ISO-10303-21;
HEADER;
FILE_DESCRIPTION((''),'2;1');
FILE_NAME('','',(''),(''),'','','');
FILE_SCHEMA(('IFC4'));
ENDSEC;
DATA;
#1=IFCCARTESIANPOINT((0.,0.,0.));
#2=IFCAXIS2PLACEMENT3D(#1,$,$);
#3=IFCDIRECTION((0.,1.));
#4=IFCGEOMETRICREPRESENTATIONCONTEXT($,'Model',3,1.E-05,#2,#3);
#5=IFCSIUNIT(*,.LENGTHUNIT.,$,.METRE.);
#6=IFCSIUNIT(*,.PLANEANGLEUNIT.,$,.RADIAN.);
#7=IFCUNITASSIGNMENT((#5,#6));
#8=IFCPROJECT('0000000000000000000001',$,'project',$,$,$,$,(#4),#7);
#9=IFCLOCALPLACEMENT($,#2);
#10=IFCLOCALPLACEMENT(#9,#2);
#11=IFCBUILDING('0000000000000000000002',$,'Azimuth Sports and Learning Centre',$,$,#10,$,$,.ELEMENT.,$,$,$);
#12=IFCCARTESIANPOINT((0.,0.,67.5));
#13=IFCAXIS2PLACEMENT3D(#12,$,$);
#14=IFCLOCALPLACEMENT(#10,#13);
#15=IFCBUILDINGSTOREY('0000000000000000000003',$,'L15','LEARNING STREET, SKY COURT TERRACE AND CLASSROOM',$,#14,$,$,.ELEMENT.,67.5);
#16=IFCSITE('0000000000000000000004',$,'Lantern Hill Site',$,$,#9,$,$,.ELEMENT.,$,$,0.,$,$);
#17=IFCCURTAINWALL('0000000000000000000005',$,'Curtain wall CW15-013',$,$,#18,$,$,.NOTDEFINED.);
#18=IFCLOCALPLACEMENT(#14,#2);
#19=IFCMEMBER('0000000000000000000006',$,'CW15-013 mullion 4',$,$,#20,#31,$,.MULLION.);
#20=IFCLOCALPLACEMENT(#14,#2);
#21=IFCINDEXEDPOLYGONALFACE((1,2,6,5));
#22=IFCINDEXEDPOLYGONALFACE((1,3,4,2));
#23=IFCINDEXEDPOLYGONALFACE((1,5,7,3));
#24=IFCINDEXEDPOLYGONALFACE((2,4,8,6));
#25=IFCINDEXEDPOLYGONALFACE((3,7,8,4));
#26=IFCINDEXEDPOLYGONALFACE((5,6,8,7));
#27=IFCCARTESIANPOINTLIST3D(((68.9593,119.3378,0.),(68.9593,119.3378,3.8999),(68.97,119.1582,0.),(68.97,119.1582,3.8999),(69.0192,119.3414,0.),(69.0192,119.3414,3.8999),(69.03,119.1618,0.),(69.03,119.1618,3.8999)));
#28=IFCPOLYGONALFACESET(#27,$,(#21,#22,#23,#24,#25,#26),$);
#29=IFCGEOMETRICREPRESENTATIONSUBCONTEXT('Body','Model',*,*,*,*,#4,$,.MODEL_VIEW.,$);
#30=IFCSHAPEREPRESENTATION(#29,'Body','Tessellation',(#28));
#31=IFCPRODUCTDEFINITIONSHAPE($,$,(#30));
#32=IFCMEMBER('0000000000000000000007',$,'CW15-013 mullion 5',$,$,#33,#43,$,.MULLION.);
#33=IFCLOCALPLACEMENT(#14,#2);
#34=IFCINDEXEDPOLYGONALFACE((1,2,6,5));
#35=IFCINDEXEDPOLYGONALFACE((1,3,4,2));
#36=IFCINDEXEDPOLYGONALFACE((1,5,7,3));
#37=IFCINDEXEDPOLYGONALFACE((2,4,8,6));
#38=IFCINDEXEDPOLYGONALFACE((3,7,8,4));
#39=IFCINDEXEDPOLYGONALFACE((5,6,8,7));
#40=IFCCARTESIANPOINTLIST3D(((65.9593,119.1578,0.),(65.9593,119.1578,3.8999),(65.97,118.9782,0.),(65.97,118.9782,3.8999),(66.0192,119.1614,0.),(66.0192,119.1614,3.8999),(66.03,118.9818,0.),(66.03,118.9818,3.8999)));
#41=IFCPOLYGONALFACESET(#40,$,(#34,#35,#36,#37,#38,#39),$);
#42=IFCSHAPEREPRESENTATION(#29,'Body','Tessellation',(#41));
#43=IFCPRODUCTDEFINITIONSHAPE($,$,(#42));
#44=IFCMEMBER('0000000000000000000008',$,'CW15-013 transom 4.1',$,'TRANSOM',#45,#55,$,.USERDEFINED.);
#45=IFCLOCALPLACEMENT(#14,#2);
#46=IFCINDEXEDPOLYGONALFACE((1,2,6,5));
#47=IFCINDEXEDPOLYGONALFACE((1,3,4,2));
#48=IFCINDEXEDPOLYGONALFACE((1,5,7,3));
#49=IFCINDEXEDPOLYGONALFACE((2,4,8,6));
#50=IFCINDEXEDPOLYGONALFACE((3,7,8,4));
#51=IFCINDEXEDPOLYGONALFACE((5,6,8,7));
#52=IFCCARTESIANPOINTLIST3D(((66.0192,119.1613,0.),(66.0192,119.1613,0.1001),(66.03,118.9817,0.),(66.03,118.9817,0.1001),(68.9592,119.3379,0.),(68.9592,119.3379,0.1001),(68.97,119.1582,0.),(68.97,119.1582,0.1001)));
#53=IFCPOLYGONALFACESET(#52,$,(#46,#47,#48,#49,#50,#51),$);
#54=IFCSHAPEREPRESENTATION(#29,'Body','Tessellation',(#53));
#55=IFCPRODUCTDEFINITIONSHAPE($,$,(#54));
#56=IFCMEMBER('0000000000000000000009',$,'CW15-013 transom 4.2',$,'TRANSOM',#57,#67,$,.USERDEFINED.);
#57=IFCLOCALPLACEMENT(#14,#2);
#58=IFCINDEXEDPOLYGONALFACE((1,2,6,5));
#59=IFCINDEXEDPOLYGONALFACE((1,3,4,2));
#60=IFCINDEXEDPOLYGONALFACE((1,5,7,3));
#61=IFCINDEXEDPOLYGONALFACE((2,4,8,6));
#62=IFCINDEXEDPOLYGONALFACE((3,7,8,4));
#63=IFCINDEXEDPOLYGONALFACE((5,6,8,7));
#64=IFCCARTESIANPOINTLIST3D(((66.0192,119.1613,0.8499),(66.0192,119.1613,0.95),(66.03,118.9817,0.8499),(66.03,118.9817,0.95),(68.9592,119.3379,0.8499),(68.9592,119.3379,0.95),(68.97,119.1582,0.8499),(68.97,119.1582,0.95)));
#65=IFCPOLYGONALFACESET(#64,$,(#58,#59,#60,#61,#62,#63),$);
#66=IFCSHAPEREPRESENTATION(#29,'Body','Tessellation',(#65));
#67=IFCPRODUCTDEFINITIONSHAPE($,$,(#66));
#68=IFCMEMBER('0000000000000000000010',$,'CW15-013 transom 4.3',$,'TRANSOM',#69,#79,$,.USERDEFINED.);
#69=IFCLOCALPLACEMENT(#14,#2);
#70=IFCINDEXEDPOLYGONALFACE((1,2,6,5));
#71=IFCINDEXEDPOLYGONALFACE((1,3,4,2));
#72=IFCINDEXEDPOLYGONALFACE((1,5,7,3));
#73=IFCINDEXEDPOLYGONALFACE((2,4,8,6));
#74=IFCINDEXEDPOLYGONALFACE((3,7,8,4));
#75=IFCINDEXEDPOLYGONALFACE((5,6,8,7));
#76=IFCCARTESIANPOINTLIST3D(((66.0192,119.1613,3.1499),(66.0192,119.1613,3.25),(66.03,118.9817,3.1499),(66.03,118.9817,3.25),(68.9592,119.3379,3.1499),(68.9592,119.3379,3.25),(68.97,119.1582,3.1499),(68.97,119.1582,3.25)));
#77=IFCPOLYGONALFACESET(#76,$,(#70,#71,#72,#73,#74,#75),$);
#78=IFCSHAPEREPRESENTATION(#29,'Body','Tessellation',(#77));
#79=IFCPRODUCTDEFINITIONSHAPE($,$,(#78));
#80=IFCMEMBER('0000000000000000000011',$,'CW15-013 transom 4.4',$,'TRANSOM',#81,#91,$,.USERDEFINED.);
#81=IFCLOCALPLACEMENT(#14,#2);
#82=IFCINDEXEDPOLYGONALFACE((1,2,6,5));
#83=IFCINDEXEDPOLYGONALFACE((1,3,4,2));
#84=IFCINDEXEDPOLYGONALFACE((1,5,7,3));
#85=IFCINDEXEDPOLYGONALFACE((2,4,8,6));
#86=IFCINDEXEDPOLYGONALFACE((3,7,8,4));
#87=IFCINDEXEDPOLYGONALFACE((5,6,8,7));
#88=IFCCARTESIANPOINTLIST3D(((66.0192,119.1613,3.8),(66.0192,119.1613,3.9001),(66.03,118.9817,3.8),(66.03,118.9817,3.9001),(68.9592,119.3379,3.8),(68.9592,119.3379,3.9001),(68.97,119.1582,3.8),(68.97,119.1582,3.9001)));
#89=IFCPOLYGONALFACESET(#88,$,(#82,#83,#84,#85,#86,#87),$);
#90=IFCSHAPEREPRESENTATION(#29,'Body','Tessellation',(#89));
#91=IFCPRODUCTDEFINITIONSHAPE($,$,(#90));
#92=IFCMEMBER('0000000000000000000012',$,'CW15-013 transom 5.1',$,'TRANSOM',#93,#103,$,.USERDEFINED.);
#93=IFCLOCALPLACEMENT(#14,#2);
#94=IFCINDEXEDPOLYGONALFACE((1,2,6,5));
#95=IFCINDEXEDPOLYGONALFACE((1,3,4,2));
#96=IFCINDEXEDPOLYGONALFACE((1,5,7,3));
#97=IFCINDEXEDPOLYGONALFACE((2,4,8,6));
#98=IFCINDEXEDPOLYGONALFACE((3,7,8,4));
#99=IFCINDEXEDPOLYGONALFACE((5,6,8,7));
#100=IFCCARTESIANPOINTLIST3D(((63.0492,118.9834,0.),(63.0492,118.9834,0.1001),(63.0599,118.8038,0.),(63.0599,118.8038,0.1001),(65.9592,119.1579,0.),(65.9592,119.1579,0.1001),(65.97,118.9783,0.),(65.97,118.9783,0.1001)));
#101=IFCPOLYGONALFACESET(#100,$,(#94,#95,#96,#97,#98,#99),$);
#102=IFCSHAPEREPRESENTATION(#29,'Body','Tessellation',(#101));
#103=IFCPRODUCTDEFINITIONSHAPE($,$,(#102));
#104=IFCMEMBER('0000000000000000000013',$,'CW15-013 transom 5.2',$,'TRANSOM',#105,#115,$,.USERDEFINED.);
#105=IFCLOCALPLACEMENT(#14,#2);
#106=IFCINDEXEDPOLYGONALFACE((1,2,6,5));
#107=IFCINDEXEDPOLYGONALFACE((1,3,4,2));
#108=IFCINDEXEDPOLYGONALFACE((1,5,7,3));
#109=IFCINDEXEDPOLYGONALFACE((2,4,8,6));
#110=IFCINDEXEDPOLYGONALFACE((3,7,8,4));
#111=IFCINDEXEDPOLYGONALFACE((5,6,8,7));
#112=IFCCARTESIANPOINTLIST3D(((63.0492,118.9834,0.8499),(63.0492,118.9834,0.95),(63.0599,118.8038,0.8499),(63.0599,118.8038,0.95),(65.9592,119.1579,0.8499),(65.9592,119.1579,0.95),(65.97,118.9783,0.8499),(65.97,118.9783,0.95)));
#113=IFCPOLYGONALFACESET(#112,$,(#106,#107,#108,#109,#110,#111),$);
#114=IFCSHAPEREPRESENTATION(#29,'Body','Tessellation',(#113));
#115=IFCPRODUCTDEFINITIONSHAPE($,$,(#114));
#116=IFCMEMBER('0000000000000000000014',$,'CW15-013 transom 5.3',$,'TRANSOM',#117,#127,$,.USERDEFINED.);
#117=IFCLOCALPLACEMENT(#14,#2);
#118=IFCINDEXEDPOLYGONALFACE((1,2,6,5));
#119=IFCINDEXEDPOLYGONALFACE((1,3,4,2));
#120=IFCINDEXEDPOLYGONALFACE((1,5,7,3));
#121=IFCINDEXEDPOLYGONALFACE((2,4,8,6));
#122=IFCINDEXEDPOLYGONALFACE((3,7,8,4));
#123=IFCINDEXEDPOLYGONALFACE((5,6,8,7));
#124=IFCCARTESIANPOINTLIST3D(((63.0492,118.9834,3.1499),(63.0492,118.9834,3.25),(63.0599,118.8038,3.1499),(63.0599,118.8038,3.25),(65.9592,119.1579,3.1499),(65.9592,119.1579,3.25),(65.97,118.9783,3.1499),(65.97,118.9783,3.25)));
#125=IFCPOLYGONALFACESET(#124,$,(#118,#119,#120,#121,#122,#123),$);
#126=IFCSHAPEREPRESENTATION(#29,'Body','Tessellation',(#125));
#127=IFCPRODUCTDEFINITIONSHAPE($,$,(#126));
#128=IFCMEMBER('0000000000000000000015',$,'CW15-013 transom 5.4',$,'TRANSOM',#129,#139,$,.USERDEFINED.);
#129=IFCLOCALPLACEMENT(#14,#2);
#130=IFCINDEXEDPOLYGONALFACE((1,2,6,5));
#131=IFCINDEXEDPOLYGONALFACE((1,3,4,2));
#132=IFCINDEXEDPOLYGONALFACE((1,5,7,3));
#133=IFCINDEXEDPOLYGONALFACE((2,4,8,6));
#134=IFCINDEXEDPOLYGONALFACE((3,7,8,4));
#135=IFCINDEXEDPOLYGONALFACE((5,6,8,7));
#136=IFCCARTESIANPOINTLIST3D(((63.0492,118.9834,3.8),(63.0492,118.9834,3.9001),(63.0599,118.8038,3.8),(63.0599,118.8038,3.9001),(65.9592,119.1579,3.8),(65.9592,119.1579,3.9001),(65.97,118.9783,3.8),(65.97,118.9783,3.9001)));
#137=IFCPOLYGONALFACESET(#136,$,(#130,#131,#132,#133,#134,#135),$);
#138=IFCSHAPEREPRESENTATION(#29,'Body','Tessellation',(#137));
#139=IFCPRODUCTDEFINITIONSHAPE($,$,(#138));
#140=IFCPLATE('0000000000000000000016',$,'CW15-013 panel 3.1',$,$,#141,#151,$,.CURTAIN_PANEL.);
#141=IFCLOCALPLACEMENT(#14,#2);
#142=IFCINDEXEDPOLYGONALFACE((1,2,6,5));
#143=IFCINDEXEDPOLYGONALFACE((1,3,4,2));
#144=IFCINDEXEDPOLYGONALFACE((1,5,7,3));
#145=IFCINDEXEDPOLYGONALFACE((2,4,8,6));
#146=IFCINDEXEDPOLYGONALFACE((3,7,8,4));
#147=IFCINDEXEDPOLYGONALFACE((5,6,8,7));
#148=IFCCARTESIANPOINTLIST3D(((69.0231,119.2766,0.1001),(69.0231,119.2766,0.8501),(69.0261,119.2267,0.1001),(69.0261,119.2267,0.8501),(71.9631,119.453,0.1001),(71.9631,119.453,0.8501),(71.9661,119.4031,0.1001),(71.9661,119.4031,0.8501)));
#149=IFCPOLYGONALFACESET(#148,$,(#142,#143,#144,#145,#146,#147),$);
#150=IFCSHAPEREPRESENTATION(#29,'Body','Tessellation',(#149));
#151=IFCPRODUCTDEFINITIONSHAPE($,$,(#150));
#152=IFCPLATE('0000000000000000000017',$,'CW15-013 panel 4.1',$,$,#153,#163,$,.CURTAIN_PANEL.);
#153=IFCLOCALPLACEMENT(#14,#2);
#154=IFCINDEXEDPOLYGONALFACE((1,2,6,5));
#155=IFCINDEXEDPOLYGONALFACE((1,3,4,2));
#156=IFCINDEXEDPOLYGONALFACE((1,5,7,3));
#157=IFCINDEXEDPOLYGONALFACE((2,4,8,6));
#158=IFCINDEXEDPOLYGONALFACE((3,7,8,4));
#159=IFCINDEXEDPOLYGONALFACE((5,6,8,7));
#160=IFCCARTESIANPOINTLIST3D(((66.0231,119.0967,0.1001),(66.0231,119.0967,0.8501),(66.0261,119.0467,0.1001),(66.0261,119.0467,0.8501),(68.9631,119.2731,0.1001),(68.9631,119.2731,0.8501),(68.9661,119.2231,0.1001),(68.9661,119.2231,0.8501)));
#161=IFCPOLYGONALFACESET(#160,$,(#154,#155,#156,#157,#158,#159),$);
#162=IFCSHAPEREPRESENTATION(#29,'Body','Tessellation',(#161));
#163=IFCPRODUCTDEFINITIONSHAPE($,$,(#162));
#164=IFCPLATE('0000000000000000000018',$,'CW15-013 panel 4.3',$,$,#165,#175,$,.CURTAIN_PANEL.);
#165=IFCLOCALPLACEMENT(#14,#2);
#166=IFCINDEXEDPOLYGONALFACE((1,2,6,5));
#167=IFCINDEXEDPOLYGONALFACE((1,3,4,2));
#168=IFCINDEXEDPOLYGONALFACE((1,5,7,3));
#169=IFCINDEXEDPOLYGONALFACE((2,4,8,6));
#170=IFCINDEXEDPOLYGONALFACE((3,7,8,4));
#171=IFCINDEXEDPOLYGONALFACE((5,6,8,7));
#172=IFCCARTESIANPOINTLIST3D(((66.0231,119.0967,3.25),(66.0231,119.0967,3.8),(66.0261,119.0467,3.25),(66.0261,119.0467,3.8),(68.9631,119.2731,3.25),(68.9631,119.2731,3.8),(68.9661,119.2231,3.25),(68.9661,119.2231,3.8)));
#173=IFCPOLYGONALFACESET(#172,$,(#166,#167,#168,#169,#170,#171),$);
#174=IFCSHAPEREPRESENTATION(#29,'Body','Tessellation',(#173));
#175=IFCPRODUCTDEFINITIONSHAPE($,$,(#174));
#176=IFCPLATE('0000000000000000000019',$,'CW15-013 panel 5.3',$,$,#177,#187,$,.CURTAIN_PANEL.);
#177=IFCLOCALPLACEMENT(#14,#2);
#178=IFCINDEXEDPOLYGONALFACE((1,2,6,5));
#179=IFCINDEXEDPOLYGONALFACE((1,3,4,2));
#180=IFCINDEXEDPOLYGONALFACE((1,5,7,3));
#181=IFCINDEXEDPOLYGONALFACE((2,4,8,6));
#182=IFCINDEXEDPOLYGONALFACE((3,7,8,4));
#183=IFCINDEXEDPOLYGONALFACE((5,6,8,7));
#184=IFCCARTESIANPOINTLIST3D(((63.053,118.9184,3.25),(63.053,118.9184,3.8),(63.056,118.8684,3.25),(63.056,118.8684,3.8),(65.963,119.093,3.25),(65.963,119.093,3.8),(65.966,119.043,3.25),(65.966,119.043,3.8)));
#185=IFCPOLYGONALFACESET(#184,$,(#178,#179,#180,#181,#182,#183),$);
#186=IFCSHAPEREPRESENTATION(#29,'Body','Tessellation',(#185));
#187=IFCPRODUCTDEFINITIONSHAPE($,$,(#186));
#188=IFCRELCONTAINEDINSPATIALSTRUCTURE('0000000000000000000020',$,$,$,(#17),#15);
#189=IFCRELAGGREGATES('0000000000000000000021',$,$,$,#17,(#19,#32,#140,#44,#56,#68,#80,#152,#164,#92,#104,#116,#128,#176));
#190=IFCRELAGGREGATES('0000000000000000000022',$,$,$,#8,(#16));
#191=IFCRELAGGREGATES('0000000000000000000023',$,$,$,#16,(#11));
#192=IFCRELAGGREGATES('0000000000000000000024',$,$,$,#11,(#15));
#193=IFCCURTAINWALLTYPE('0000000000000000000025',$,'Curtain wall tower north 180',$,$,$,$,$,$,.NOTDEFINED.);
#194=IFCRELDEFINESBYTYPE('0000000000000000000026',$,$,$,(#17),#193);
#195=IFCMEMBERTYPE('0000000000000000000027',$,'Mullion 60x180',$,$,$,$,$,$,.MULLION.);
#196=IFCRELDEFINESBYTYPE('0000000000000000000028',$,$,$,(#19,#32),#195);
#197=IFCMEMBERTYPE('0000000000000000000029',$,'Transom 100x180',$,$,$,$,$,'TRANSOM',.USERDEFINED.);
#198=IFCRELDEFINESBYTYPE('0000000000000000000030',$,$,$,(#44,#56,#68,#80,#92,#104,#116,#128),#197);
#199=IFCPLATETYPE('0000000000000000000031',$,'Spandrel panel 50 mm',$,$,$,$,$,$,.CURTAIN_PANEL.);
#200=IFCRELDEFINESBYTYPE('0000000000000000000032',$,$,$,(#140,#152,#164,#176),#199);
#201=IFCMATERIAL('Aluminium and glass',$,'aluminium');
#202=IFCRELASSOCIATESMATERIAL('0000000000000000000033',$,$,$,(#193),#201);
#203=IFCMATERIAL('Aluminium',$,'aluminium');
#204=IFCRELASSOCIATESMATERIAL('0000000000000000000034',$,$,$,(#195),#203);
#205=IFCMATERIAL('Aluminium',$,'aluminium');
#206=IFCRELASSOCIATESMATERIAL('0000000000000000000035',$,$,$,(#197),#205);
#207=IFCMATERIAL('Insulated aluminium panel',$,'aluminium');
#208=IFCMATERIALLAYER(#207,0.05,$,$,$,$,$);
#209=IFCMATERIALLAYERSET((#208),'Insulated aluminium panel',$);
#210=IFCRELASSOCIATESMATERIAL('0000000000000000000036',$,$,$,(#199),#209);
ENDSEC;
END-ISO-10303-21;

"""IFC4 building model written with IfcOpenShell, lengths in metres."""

from ifc_helpers import new_model, si_unit, direction, frame, origin, origin_2d, place, context, subcontext, project, spatial, rectangle, extrude, material, layer, layer_set, material_profile, profile_set, type_object, element, aggregate, save


model = new_model("IFC4")

# Units and contexts
model_context = context("Model", 3, precision=1e-05, world=origin(), true_north=direction((0.0, 1.0)))
body_context = subcontext(model_context, "Body", "Model", "MODEL_VIEW")
ifc_project = project(units=[si_unit("LENGTHUNIT", "METRE"), si_unit("PLANEANGLEUNIT", "RADIAN")], contexts=[model_context])

# Site, building, storey
site_placement = place(None, origin())
site = spatial("IfcSite", under=ifc_project, at=site_placement, Name="Lantern Hill Site", CompositionType="ELEMENT", RefElevation=0.0)
building_placement = place(site_placement, origin())
building = spatial("IfcBuilding", under=site, at=building_placement, Name="Azimuth Sports and Learning Centre", CompositionType="ELEMENT")
storey_placement = place(building_placement, frame((0.0, 0.0, 67.5)))
storey = spatial("IfcBuildingStorey", under=building, at=storey_placement, Name="L15", Description="LEARNING STREET, SKY COURT TERRACE AND CLASSROOM", CompositionType="ELEMENT", Elevation=67.5)

# Curtain wall, members, plates
ifc_material_1 = material(Name="Aluminium and glass", Category="aluminium")
curtain_wall_type = type_object("IfcCurtainWallType", Name="Curtain wall tower north 180", PredefinedType="NOTDEFINED", material=ifc_material_1)
curtain_wall_placement = place(storey_placement, origin())
curtain_wall = element("IfcCurtainWall", 1, at=curtain_wall_placement, inside=storey, type_object=curtain_wall_type, Name="Curtain wall CW15-013", PredefinedType="NOTDEFINED")
ifc_material_2 = material(Name="Aluminium", Category="aluminium")
ifc_material_profile_1 = material_profile(ifc_material_2, rectangle(XDim=0.1799, YDim=0.0601, at=origin_2d()), Name="Mullion 60x180")
ifc_profile_set_1 = profile_set([ifc_material_profile_1], Name="Aluminium")
member_type_1 = type_object("IfcMemberType", Name="Mullion 60x180", PredefinedType="MULLION", material=ifc_profile_set_1)
member_1_placement = place(storey_placement, frame((68.9946, 119.2498, 0.0), z_axis=(0.0, 0.0, 1.0), x_axis=(0.059892, -0.998205, 0.0)))
member_1 = element("IfcMember", 2, at=member_1_placement, type_object=member_type_1, Name="CW15-013 mullion 4", PredefinedType="MULLION", context=body_context, shape_type="SweptSolid", body=[
    extrude(rectangle(XDim=0.1799, YDim=0.0601, at=origin_2d()), origin(), (0.0, 0.0, 1.0), 3.8999),
])
member_2_placement = place(storey_placement, frame((65.9946, 119.0698, 0.0), z_axis=(0.0, 0.0, 1.0), x_axis=(0.059892, -0.998205, 0.0)))
member_2 = element("IfcMember", 3, at=member_2_placement, type_object=member_type_1, Name="CW15-013 mullion 5", PredefinedType="MULLION", context=body_context, shape_type="SweptSolid", body=[
    extrude(rectangle(XDim=0.1799, YDim=0.0601, at=origin_2d()), origin(), (0.0, 0.0, 1.0), 3.8999),
])
ifc_material_3 = material(Name="Aluminium", Category="aluminium")
ifc_material_profile_2 = material_profile(ifc_material_3, rectangle(XDim=0.1799, YDim=0.1001, at=origin_2d()), Name="Transom 100x180")
ifc_profile_set_2 = profile_set([ifc_material_profile_2], Name="Aluminium")
member_type_2 = type_object("IfcMemberType", Name="Transom 100x180", ElementType="TRANSOM", PredefinedType="USERDEFINED", material=ifc_profile_set_2)
member_3_placement = place(storey_placement, frame((68.9646, 119.248, 0.05), z_axis=(-0.998202, -0.059932, 0.0), x_axis=(0.059932, -0.998202, 0.0)))
member_3 = element("IfcMember", 4, at=member_3_placement, type_object=member_type_2, Name="CW15-013 transom 4.1", ObjectType="TRANSOM", PredefinedType="USERDEFINED", context=body_context, shape_type="SweptSolid", body=[
    extrude(rectangle(XDim=0.1799, YDim=0.1001, at=origin_2d()), origin(), (0.0, 0.0, 1.0), 2.9453),
])
member_4_placement = place(storey_placement, frame((68.9646, 119.248, 0.8999), z_axis=(-0.998202, -0.059932, 0.0), x_axis=(0.059932, -0.998202, 0.0)))
member_4 = element("IfcMember", 5, at=member_4_placement, type_object=member_type_2, Name="CW15-013 transom 4.2", ObjectType="TRANSOM", PredefinedType="USERDEFINED", context=body_context, shape_type="SweptSolid", body=[
    extrude(rectangle(XDim=0.1799, YDim=0.1001, at=origin_2d()), origin(), (0.0, 0.0, 1.0), 2.9453),
])
member_5_placement = place(storey_placement, frame((68.9646, 119.248, 3.2), z_axis=(-0.998202, -0.059932, 0.0), x_axis=(0.059932, -0.998202, 0.0)))
member_5 = element("IfcMember", 6, at=member_5_placement, type_object=member_type_2, Name="CW15-013 transom 4.3", ObjectType="TRANSOM", PredefinedType="USERDEFINED", context=body_context, shape_type="SweptSolid", body=[
    extrude(rectangle(XDim=0.1799, YDim=0.1001, at=origin_2d()), origin(), (0.0, 0.0, 1.0), 2.9453),
])
member_6_placement = place(storey_placement, frame((68.9646, 119.248, 3.8501), z_axis=(-0.998202, -0.059932, 0.0), x_axis=(0.059932, -0.998202, 0.0)))
member_6 = element("IfcMember", 7, at=member_6_placement, type_object=member_type_2, Name="CW15-013 transom 4.4", ObjectType="TRANSOM", PredefinedType="USERDEFINED", context=body_context, shape_type="SweptSolid", body=[
    extrude(rectangle(XDim=0.1799, YDim=0.1001, at=origin_2d()), origin(), (0.0, 0.0, 1.0), 2.9453),
])
member_7_placement = place(storey_placement, frame((65.9646, 119.0681, 0.05), z_axis=(-0.998206, -0.059876, 0.0), x_axis=(0.059876, -0.998206, 0.0)))
member_7 = element("IfcMember", 8, at=member_7_placement, type_object=member_type_2, Name="CW15-013 transom 5.1", ObjectType="TRANSOM", PredefinedType="USERDEFINED", context=body_context, shape_type="SweptSolid", body=[
    extrude(rectangle(XDim=0.1799, YDim=0.1001, at=origin_2d()), origin(), (0.0, 0.0, 1.0), 2.9153),
])
member_8_placement = place(storey_placement, frame((65.9646, 119.0681, 0.8999), z_axis=(-0.998206, -0.059876, 0.0), x_axis=(0.059876, -0.998206, 0.0)))
member_8 = element("IfcMember", 9, at=member_8_placement, type_object=member_type_2, Name="CW15-013 transom 5.2", ObjectType="TRANSOM", PredefinedType="USERDEFINED", context=body_context, shape_type="SweptSolid", body=[
    extrude(rectangle(XDim=0.1799, YDim=0.1001, at=origin_2d()), origin(), (0.0, 0.0, 1.0), 2.9153),
])
member_9_placement = place(storey_placement, frame((65.9646, 119.0681, 3.2), z_axis=(-0.998206, -0.059876, 0.0), x_axis=(0.059876, -0.998206, 0.0)))
member_9 = element("IfcMember", 10, at=member_9_placement, type_object=member_type_2, Name="CW15-013 transom 5.3", ObjectType="TRANSOM", PredefinedType="USERDEFINED", context=body_context, shape_type="SweptSolid", body=[
    extrude(rectangle(XDim=0.1799, YDim=0.1001, at=origin_2d()), origin(), (0.0, 0.0, 1.0), 2.9153),
])
member_10_placement = place(storey_placement, frame((65.9646, 119.0681, 3.8501), z_axis=(-0.998206, -0.059876, 0.0), x_axis=(0.059876, -0.998206, 0.0)))
member_10 = element("IfcMember", 11, at=member_10_placement, type_object=member_type_2, Name="CW15-013 transom 5.4", ObjectType="TRANSOM", PredefinedType="USERDEFINED", context=body_context, shape_type="SweptSolid", body=[
    extrude(rectangle(XDim=0.1799, YDim=0.1001, at=origin_2d()), origin(), (0.0, 0.0, 1.0), 2.9153),
])
ifc_material_4 = material(Name="Insulated aluminium panel", Category="aluminium")
ifc_layer_1 = layer(ifc_material_4, 0.05)
ifc_layer_set_1 = layer_set([ifc_layer_1], Name="Insulated aluminium panel")
plate_type_1 = type_object("IfcPlateType", Name="Spandrel panel 50 mm", PredefinedType="CURTAIN_PANEL", material=ifc_layer_set_1)
plate_1_placement = place(storey_placement, frame((70.4946, 119.3398, 0.1001), z_axis=(0.0, 0.0, 1.0), x_axis=(-0.998205, -0.059892, 0.0)))
plate_1 = element("IfcPlate", 12, at=plate_1_placement, type_object=plate_type_1, Name="CW15-013 panel 3.1", PredefinedType="CURTAIN_PANEL", context=body_context, shape_type="SweptSolid", body=[
    extrude(rectangle(XDim=2.9453, YDim=0.05, at=origin_2d()), origin(), (0.0, 0.0, 1.0), 0.75),
])
plate_2_placement = place(storey_placement, frame((67.4946, 119.1599, 0.1001), z_axis=(0.0, 0.0, 1.0), x_axis=(-0.998205, -0.059892, 0.0)))
plate_2 = element("IfcPlate", 13, at=plate_2_placement, type_object=plate_type_1, Name="CW15-013 panel 4.1", PredefinedType="CURTAIN_PANEL", context=body_context, shape_type="SweptSolid", body=[
    extrude(rectangle(XDim=2.9453, YDim=0.05, at=origin_2d()), origin(), (0.0, 0.0, 1.0), 0.75),
])
plate_3_placement = place(storey_placement, frame((67.4946, 119.1599, 3.25), z_axis=(0.0, 0.0, 1.0), x_axis=(-0.998205, -0.059892, 0.0)))
plate_3 = element("IfcPlate", 14, at=plate_3_placement, type_object=plate_type_1, Name="CW15-013 panel 4.3", PredefinedType="CURTAIN_PANEL", context=body_context, shape_type="SweptSolid", body=[
    extrude(rectangle(XDim=2.9453, YDim=0.05, at=origin_2d()), origin(), (0.0, 0.0, 1.0), 0.55),
])
plate_4_placement = place(storey_placement, frame((64.5095, 118.9807, 3.25), z_axis=(0.0, 0.0, 1.0), x_axis=(-0.998205, -0.059892, 0.0)))
plate_4 = element("IfcPlate", 15, at=plate_4_placement, type_object=plate_type_1, Name="CW15-013 panel 5.3", PredefinedType="CURTAIN_PANEL", context=body_context, shape_type="SweptSolid", body=[
    extrude(rectangle(XDim=2.9153, YDim=0.05, at=origin_2d()), origin(), (0.0, 0.0, 1.0), 0.55),
])
aggregate(curtain_wall, [member_1, member_2, plate_1, member_3, member_4, member_5, member_6, plate_2, plate_3, member_7, member_8, member_9, member_10, plate_4])

save(model, "model.ifc")
